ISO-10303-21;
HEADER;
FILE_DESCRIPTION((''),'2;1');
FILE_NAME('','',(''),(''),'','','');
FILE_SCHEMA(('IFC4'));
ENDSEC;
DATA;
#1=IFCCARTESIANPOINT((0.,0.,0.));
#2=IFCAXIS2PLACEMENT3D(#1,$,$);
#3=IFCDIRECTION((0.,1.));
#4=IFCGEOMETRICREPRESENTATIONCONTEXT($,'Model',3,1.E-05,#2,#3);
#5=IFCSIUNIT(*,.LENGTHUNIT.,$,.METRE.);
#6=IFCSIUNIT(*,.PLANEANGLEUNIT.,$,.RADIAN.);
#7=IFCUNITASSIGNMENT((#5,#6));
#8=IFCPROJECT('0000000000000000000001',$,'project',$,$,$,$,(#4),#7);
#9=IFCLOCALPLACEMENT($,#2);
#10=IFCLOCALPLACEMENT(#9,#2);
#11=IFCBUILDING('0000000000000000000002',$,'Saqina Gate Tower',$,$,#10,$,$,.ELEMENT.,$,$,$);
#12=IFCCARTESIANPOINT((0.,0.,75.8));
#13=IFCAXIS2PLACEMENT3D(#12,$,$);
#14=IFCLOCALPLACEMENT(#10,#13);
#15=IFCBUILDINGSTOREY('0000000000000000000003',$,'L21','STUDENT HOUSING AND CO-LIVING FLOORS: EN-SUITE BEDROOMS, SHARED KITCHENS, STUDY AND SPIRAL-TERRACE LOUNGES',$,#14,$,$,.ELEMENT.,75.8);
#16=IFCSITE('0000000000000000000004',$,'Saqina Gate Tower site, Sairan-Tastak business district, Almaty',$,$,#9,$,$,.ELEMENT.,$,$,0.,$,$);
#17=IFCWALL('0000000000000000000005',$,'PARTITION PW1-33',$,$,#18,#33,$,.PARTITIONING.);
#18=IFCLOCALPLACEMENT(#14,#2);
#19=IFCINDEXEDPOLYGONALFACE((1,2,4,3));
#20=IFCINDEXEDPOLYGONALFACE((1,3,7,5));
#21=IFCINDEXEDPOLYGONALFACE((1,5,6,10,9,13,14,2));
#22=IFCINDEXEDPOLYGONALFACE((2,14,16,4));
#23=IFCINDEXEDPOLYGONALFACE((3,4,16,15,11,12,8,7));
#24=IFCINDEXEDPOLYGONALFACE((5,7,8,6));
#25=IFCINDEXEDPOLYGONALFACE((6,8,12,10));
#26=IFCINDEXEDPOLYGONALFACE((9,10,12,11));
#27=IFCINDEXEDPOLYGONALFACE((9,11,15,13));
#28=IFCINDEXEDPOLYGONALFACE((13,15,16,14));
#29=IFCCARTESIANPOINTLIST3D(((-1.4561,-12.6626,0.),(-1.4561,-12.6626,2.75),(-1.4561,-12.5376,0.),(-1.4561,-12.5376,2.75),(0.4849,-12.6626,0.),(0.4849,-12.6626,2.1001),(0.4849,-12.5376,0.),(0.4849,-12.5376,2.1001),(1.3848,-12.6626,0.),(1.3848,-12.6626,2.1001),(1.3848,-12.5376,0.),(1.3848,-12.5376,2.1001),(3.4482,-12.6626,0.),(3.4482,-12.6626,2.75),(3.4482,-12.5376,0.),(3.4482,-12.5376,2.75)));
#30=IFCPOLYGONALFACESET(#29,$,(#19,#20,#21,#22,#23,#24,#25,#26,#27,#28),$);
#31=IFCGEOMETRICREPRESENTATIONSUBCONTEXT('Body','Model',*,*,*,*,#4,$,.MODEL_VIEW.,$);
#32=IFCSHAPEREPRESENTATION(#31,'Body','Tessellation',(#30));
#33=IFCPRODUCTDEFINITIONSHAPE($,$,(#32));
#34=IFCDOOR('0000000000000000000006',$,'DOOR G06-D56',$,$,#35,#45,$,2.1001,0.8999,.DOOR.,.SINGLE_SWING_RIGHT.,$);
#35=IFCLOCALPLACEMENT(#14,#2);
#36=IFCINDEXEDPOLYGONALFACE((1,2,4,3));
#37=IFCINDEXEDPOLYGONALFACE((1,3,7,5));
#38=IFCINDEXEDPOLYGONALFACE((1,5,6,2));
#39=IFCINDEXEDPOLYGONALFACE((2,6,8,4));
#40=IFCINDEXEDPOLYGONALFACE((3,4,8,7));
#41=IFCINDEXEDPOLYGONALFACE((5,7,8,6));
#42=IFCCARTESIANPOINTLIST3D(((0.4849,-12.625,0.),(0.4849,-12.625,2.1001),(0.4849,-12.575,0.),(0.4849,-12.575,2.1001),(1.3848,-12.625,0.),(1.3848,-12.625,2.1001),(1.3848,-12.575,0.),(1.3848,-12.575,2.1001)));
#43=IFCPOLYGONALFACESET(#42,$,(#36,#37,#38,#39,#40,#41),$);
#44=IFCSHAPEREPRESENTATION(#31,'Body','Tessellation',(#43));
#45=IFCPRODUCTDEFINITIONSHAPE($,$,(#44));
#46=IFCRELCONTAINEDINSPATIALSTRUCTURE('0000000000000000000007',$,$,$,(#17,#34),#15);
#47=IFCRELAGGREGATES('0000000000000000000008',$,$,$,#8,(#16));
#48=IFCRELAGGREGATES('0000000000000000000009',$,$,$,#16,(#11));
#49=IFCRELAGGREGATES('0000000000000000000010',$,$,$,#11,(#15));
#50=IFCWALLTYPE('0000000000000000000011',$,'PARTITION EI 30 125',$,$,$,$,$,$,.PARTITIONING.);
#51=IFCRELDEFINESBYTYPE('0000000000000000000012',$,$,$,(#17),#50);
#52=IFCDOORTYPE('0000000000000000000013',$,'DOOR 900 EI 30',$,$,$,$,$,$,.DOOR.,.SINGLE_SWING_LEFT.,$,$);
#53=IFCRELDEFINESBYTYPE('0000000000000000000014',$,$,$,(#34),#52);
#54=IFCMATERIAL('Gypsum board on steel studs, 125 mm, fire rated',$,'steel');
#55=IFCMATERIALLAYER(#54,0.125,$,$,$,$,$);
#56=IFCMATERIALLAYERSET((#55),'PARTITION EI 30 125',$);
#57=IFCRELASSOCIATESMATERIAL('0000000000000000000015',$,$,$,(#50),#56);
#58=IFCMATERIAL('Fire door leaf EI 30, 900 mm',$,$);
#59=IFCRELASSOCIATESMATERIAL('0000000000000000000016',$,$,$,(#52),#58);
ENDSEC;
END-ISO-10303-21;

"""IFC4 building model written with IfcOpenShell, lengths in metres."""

from ifc_helpers import new_model, si_unit, direction, frame, frame_2d, origin, place, context, subcontext, project, spatial, rectangle, extrude, material, layer, layer_set, type_object, element, fill, save


model = new_model("IFC4")

# Units and contexts
model_context = context("Model", 3, precision=1e-05, world=origin(), true_north=direction((0.0, 1.0)))
body_context = subcontext(model_context, "Body", "Model", "MODEL_VIEW")
ifc_project = project(units=[si_unit("LENGTHUNIT", "METRE"), si_unit("PLANEANGLEUNIT", "RADIAN")], contexts=[model_context])

# Site, building, storey
site_placement = place(None, origin())
site = spatial("IfcSite", under=ifc_project, at=site_placement, Name="Saqina Gate Tower site, Sairan-Tastak business district, Almaty", CompositionType="ELEMENT", RefElevation=0.0)
building_placement = place(site_placement, origin())
building = spatial("IfcBuilding", under=site, at=building_placement, Name="Saqina Gate Tower", CompositionType="ELEMENT")
storey_placement = place(building_placement, frame((0.0, 0.0, 75.8)))
storey = spatial("IfcBuildingStorey", under=building, at=storey_placement, Name="L21", Description="STUDENT HOUSING AND CO-LIVING FLOORS: EN-SUITE BEDROOMS, SHARED KITCHENS, STUDY AND SPIRAL-TERRACE LOUNGES", CompositionType="ELEMENT", Elevation=75.8)

# Wall, opening, door
ifc_material_1 = material(Name="Gypsum board on steel studs, 125 mm, fire rated", Category="steel")
ifc_layer_1 = layer(ifc_material_1, 0.125)
ifc_layer_set_1 = layer_set([ifc_layer_1], Name="PARTITION EI 30 125")
wall_type_1 = type_object("IfcWallType", Name="PARTITION EI 30 125", PredefinedType="PARTITIONING", material=ifc_layer_set_1)
wall_1_placement = place(storey_placement, frame((-1.4561, -12.6001, 0.0), z_axis=(0.0, 0.0, 1.0), x_axis=(1.0, 0.0, 0.0)))
wall_1 = element("IfcWall", 1, at=wall_1_placement, inside=storey, type_object=wall_type_1, Name="PARTITION PW1-33", PredefinedType="PARTITIONING", context=body_context, shape_type="SweptSolid", body=[
    extrude(rectangle(XDim=4.9043, YDim=0.125, at=frame_2d((2.4521, 0.0))), origin(), (0.0, 0.0, 1.0), 2.75),
])
opening_1_placement = place(wall_1_placement, frame((1.9409, 0.0, 0.0)))
opening_1 = element("IfcOpeningElement", 2, at=opening_1_placement, cuts=wall_1, PredefinedType="OPENING", context=body_context, shape_type="SweptSolid", body=[
    extrude(rectangle(XDim=0.8999, YDim=2.1001, at=frame_2d((0.45, 1.05))), frame((0.0, 0.0745, 0.0), z_axis=(0.0, -1.0, 0.0), x_axis=(1.0, 0.0, 0.0)), (0.0, 0.0, 1.0), 0.1489),
])
ifc_material_2 = material(Name="Fire door leaf EI 30, 900 mm")
door_type_1 = type_object("IfcDoorType", Name="DOOR 900 EI 30", OperationType="SINGLE_SWING_LEFT", PredefinedType="DOOR", material=ifc_material_2)
door_1_placement = place(opening_1_placement, frame((0.8999, 0.0, 0.0), z_axis=(0.0, 0.0, 1.0), x_axis=(-1.0, 0.0, 0.0)))
door_1 = element("IfcDoor", 3, at=door_1_placement, inside=storey, type_object=door_type_1, Name="DOOR G06-D56", OperationType="SINGLE_SWING_RIGHT", OverallHeight=2.1001, OverallWidth=0.8999, PredefinedType="DOOR", context=body_context, shape_type="SweptSolid", body=[
    extrude(rectangle(XDim=0.8999, YDim=2.1001, at=frame_2d((0.45, 1.05))), frame((0.0, 0.0249, 0.0), z_axis=(0.0, -1.0, 0.0), x_axis=(1.0, 0.0, 0.0)), (0.0, 0.0, 1.0), 0.05),
])
fill(opening_1, door_1)

save(model, "model.ifc")
